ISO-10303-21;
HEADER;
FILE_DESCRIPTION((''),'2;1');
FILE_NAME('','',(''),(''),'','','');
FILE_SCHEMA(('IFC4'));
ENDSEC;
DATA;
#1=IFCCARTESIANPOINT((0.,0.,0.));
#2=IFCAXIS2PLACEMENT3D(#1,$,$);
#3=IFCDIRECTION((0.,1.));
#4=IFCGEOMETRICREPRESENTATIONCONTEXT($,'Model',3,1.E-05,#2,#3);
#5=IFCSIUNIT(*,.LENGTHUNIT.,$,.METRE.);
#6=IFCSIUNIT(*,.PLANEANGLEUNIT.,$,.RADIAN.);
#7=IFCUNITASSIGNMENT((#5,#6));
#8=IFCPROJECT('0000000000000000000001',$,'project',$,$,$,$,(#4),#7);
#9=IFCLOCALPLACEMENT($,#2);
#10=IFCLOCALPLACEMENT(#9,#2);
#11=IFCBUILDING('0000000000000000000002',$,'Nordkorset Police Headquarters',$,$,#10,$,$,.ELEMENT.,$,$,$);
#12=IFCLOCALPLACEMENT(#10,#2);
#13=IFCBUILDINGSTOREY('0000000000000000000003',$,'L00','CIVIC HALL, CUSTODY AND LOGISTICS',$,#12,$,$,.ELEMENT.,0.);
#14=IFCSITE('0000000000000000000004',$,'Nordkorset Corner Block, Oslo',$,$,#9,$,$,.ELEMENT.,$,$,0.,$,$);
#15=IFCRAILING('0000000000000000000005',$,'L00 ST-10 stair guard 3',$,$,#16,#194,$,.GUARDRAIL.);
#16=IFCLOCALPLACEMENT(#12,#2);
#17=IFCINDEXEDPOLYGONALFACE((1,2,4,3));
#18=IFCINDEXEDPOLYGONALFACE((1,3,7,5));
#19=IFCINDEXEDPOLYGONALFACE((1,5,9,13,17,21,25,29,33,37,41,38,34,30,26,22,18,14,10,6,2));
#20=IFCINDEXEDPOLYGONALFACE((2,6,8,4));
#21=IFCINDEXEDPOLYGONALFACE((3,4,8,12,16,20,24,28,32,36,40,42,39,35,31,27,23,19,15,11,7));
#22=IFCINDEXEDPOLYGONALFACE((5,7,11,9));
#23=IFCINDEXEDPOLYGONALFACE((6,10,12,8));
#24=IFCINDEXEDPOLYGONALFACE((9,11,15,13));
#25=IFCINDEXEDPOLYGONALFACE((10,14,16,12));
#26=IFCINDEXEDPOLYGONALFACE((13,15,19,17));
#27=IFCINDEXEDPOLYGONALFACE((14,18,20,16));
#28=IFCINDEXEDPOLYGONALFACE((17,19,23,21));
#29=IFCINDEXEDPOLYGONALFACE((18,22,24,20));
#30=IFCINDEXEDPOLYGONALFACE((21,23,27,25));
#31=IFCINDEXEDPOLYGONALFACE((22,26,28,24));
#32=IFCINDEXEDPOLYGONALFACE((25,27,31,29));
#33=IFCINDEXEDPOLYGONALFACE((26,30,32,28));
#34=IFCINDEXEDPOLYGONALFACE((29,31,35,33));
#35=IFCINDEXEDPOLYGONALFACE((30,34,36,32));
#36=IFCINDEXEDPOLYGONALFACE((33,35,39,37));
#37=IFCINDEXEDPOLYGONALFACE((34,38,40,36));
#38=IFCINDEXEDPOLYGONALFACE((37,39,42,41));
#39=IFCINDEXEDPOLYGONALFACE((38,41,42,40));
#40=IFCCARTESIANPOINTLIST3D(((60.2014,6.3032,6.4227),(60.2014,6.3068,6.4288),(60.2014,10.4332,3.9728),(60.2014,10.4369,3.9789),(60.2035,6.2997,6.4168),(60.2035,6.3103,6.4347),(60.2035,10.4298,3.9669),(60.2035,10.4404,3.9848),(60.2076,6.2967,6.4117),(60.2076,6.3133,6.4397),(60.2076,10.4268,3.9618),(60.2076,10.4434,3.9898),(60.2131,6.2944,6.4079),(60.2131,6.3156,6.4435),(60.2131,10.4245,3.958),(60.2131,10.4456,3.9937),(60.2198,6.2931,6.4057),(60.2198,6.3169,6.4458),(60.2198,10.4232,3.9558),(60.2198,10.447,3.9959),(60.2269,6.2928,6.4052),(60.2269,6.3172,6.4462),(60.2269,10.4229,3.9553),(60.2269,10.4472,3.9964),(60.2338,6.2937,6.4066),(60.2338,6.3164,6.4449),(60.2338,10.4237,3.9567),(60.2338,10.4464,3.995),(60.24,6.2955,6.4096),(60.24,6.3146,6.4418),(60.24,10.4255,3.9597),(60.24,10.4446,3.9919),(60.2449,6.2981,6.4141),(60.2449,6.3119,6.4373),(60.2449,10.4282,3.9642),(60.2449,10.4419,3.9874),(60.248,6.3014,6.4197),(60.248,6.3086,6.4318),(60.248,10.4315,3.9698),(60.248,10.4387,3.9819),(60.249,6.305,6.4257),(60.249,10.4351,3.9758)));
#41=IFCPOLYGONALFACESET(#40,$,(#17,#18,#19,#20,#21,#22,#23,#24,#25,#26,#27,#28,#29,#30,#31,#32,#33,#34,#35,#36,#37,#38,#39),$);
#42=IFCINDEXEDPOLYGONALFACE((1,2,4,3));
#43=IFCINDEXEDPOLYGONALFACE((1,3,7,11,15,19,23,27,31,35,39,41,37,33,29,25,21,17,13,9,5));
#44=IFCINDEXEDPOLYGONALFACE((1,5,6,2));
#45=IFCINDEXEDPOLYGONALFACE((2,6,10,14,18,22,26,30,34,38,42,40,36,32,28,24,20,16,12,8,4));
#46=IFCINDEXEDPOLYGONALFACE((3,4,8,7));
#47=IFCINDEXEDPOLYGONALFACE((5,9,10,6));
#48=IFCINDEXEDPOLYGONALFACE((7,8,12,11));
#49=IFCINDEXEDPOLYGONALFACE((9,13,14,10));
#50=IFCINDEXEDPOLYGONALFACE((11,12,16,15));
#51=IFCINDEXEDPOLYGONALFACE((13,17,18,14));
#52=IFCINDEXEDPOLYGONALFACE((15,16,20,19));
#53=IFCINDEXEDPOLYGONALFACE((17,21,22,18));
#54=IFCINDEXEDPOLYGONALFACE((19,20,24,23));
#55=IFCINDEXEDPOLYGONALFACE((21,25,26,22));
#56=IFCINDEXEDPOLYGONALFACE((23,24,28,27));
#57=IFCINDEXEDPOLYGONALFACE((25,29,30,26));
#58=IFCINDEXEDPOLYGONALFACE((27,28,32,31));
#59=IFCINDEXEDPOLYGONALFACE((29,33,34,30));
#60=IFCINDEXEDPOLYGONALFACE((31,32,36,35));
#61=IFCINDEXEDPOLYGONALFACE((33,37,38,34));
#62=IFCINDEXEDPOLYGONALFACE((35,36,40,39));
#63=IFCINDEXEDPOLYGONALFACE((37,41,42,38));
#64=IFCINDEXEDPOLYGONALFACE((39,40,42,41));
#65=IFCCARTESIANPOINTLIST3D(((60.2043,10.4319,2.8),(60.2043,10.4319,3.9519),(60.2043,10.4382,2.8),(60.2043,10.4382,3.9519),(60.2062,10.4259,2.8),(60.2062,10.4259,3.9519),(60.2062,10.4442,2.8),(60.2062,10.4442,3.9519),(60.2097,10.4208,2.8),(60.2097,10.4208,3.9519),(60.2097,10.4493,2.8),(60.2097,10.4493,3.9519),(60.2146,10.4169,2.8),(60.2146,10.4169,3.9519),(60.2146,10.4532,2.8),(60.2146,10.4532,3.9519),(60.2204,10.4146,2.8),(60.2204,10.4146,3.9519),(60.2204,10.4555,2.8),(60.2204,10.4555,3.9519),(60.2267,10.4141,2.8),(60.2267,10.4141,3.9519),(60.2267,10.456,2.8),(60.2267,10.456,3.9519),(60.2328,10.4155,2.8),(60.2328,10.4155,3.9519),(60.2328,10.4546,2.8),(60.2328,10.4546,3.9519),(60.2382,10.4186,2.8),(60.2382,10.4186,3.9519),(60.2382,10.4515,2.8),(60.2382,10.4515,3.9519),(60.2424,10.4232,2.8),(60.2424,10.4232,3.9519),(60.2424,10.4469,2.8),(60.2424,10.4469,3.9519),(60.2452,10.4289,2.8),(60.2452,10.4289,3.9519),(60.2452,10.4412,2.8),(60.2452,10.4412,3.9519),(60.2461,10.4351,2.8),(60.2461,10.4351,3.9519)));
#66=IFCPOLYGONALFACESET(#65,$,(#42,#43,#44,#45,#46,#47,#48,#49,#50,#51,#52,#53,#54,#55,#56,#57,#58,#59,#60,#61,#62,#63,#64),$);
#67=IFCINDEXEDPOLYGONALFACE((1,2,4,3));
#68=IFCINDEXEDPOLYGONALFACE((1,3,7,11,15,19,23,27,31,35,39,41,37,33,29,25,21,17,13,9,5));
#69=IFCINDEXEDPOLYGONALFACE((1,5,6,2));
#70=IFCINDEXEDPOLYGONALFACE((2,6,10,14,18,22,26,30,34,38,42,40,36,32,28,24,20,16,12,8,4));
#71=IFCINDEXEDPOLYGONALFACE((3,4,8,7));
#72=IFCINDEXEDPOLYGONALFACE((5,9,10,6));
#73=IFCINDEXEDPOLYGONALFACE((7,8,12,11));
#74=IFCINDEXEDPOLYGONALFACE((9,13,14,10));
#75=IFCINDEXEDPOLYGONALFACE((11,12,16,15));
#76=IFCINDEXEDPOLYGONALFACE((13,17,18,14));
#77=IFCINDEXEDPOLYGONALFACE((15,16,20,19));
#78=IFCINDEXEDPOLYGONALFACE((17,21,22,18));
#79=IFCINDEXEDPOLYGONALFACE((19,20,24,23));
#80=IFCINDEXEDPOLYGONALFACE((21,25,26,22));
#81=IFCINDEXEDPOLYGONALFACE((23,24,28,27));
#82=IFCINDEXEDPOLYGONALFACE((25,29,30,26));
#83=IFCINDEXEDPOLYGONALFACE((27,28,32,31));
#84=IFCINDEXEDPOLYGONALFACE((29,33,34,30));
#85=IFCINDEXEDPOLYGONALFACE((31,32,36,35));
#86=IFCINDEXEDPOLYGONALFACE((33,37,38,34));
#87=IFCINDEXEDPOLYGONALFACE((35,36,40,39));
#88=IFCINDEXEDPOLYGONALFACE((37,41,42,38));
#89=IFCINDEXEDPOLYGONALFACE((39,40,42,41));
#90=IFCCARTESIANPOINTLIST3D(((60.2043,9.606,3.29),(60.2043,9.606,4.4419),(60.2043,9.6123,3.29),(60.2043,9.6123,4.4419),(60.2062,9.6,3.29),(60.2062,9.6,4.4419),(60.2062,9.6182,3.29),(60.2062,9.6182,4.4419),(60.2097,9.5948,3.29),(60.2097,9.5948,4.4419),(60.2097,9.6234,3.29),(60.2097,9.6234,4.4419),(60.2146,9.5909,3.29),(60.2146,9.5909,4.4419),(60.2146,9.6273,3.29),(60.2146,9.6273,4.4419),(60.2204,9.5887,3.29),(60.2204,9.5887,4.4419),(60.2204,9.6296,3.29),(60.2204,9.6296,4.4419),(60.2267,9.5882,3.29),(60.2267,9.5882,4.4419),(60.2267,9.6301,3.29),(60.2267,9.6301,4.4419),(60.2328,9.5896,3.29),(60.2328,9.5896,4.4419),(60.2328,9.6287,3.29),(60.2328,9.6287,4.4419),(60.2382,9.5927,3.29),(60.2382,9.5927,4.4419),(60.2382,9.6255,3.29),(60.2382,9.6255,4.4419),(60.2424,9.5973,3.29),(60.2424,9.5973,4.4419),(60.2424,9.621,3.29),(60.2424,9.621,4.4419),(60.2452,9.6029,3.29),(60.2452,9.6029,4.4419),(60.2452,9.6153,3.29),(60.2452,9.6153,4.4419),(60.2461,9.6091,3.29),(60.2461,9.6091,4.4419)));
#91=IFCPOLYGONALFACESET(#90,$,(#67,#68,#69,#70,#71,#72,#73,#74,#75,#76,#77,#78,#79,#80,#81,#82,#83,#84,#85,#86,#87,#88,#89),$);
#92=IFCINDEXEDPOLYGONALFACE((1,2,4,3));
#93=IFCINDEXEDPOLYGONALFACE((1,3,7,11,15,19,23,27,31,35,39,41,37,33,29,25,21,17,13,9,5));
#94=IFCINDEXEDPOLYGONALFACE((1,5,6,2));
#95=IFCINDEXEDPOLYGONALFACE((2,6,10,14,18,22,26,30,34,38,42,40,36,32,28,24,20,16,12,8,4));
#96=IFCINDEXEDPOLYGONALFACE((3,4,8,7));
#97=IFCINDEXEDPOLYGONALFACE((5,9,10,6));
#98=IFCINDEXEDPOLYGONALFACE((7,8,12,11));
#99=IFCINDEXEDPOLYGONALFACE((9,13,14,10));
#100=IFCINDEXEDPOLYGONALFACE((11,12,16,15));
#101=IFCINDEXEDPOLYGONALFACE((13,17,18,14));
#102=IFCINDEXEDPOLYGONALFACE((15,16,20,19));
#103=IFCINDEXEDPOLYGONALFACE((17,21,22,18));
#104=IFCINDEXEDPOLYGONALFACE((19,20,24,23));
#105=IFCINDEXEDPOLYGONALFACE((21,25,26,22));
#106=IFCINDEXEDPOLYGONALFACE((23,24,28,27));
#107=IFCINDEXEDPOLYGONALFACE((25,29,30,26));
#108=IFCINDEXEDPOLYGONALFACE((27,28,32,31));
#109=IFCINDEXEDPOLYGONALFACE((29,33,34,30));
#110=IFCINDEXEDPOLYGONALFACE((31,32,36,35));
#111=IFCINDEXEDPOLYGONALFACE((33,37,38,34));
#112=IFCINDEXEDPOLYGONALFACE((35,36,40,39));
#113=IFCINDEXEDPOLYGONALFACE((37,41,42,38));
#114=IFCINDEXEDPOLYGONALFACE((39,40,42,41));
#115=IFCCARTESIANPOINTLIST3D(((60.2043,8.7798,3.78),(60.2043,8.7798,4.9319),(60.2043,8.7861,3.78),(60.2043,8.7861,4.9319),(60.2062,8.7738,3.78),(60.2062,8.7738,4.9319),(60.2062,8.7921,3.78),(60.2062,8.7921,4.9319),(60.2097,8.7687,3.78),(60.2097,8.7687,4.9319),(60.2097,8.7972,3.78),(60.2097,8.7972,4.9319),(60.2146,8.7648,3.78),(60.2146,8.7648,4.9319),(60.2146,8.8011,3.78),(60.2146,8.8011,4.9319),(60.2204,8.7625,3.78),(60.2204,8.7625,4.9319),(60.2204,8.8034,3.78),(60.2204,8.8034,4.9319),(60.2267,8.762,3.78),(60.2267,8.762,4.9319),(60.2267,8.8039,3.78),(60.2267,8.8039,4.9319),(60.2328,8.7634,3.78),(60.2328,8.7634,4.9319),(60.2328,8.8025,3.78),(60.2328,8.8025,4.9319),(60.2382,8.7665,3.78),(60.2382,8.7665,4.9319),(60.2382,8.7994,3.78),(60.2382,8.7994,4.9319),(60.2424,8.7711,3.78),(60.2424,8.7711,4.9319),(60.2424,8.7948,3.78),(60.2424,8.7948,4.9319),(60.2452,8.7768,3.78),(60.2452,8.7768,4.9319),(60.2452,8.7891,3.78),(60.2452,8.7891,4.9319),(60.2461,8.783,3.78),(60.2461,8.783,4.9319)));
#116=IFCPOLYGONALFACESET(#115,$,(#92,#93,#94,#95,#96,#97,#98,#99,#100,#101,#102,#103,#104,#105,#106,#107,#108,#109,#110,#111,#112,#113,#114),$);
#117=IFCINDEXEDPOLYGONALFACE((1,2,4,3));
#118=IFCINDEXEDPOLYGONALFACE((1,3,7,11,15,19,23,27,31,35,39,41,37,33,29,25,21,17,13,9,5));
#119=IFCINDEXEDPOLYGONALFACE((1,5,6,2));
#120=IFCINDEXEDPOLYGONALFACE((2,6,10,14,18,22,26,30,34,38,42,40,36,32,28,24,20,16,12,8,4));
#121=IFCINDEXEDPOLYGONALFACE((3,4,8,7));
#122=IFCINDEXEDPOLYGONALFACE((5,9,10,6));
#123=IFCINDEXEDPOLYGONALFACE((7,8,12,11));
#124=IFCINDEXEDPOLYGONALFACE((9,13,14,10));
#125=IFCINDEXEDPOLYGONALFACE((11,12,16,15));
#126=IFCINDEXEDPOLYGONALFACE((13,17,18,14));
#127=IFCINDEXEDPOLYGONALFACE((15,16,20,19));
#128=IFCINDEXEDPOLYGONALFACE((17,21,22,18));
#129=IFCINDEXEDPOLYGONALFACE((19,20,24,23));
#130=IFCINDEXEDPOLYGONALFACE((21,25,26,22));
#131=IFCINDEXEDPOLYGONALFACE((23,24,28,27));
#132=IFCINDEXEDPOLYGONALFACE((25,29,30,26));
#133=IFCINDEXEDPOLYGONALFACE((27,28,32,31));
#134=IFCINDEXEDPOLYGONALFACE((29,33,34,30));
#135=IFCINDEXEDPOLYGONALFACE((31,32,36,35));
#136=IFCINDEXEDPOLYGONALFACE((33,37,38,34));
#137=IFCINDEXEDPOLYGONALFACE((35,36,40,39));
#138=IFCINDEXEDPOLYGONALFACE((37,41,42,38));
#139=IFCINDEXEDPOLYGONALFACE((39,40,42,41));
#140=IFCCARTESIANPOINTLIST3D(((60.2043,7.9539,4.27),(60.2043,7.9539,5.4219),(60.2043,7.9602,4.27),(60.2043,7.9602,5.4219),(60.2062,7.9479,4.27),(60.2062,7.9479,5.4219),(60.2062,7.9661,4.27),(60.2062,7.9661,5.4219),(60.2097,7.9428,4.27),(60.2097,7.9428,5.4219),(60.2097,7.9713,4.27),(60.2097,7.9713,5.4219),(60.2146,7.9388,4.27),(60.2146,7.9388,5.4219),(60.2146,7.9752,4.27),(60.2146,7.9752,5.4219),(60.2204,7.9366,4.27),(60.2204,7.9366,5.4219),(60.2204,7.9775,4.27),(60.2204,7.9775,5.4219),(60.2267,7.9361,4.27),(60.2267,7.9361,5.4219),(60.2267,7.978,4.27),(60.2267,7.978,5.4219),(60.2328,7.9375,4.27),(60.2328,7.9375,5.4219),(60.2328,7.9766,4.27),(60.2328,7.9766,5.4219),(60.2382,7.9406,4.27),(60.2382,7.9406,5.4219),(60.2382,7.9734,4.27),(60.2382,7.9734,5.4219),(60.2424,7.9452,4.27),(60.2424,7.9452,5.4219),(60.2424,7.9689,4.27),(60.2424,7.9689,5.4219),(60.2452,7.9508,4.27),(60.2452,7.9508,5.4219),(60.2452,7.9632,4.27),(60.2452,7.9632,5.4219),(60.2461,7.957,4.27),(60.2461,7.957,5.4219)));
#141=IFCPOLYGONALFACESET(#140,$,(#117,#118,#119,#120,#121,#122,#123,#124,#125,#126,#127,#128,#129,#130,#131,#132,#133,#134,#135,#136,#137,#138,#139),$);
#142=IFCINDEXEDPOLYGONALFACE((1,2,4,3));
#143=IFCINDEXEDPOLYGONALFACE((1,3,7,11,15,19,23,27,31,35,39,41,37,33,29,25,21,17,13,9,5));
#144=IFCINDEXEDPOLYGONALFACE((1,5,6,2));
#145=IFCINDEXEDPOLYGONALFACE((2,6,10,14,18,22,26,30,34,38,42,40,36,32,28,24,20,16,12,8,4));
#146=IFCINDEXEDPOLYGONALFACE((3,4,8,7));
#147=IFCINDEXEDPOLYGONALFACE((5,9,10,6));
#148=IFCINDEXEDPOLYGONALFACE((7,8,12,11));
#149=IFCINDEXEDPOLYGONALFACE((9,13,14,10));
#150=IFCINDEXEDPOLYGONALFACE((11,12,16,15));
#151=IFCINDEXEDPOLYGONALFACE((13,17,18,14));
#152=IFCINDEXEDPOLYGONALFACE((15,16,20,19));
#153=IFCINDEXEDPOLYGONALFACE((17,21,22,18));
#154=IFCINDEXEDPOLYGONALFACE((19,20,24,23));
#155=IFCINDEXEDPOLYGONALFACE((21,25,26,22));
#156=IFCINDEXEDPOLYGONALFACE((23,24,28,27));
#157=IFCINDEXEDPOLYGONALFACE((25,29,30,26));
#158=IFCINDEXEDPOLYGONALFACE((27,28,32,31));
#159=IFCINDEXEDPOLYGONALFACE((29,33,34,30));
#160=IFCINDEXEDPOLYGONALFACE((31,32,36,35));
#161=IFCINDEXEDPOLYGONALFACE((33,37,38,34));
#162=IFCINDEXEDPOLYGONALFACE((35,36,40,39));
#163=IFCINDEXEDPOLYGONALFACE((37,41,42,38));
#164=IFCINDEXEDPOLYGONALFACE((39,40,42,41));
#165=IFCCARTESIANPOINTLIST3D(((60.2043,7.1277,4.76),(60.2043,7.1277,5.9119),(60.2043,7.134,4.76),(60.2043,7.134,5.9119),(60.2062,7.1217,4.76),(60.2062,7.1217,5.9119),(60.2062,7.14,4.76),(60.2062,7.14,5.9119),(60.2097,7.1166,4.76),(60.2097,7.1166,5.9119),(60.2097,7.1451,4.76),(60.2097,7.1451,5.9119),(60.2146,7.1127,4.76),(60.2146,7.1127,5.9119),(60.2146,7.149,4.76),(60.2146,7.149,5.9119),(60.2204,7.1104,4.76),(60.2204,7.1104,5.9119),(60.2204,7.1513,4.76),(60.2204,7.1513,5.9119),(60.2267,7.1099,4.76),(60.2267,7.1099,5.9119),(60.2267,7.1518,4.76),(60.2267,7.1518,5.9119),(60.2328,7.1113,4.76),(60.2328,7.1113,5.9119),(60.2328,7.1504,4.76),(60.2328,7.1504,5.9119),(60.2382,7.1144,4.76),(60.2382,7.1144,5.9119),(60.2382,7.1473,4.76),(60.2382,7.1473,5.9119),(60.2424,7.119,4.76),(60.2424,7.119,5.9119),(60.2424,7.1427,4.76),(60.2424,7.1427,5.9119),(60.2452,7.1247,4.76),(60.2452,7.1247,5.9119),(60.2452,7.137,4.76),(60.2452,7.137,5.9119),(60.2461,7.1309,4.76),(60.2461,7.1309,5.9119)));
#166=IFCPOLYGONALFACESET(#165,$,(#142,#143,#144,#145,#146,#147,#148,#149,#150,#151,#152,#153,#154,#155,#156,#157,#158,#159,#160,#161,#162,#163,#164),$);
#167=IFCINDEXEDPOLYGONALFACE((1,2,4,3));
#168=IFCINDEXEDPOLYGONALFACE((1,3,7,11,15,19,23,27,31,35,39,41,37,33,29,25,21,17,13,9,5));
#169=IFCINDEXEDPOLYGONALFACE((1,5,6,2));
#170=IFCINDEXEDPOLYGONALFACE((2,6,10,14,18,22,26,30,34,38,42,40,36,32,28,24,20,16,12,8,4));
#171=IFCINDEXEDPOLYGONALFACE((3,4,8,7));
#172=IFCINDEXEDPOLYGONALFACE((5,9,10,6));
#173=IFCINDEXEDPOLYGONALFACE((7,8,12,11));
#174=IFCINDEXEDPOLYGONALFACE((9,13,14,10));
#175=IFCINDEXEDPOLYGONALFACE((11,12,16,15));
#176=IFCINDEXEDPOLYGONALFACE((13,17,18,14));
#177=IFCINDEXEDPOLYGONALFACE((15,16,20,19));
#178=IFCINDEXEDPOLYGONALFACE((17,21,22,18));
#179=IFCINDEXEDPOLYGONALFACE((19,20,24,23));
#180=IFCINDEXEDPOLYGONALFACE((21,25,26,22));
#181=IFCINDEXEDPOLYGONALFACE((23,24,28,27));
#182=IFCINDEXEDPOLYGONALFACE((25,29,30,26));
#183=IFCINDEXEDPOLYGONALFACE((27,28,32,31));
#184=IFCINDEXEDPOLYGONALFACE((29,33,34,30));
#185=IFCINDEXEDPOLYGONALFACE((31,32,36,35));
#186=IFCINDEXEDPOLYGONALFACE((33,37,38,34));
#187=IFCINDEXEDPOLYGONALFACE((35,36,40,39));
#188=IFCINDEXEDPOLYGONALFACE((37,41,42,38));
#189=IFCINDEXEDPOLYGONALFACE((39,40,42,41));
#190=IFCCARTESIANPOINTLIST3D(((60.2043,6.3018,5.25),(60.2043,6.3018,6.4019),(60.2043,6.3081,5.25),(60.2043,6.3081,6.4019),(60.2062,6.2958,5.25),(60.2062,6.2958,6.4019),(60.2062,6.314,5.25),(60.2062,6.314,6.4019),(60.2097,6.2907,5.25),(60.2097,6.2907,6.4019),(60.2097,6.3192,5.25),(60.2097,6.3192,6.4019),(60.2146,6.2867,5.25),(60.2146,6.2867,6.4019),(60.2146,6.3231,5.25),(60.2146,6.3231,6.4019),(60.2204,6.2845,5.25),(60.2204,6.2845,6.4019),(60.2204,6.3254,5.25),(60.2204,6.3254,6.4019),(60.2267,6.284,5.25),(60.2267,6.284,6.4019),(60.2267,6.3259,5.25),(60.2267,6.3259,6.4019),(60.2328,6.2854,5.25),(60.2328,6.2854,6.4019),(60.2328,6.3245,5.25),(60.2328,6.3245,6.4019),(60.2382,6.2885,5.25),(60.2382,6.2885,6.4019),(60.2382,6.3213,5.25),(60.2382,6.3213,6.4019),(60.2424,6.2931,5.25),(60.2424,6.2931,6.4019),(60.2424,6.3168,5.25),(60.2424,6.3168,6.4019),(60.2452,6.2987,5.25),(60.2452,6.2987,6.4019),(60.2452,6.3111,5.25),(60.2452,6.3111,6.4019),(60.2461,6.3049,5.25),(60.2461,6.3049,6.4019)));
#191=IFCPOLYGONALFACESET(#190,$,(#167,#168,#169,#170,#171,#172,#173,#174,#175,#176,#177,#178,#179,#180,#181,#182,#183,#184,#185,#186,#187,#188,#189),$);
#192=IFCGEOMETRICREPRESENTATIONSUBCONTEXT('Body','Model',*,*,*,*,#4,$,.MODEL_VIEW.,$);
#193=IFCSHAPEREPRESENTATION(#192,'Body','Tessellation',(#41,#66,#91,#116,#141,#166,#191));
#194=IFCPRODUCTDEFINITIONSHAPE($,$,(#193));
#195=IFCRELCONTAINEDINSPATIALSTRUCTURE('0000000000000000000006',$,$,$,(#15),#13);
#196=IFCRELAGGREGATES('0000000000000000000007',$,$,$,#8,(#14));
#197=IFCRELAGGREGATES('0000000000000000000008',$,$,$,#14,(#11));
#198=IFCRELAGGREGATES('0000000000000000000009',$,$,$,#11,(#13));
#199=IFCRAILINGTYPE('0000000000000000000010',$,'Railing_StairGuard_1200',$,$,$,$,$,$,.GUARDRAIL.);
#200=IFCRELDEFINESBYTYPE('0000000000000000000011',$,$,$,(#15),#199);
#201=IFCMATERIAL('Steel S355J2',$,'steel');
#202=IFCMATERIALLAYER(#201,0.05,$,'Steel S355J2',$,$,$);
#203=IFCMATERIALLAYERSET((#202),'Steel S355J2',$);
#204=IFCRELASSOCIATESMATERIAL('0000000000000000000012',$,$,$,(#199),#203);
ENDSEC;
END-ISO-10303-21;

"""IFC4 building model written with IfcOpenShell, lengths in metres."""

from ifc_helpers import new_model, si_unit, direction, frame, origin, origin_2d, place, context, subcontext, project, spatial, circle, extrude, material, layer, layer_set, type_object, element, save


model = new_model("IFC4")

# Units and contexts
model_context = context("Model", 3, precision=1e-05, world=origin(), true_north=direction((0.0, 1.0)))
body_context = subcontext(model_context, "Body", "Model", "MODEL_VIEW")
ifc_project = project(units=[si_unit("LENGTHUNIT", "METRE"), si_unit("PLANEANGLEUNIT", "RADIAN")], contexts=[model_context])

# Site, building, storey
site_placement = place(None, origin())
site = spatial("IfcSite", under=ifc_project, at=site_placement, Name="Nordkorset Corner Block, Oslo", CompositionType="ELEMENT", RefElevation=0.0)
building_placement = place(site_placement, origin())
building = spatial("IfcBuilding", under=site, at=building_placement, Name="Nordkorset Police Headquarters", CompositionType="ELEMENT")
storey_placement = place(building_placement, origin())
storey = spatial("IfcBuildingStorey", under=building, at=storey_placement, Name="L00", Description="CIVIC HALL, CUSTODY AND LOGISTICS", CompositionType="ELEMENT", Elevation=0.0)

# Railing
ifc_material_1 = material(Name="Steel S355J2", Category="steel")
ifc_layer_1 = layer(ifc_material_1, 0.05, Name="Steel S355J2")
ifc_layer_set_1 = layer_set([ifc_layer_1], Name="Steel S355J2")
railing_type_1 = type_object("IfcRailingType", Name="Railing_StairGuard_1200", PredefinedType="GUARDRAIL", material=ifc_layer_set_1)
railing_1_placement = place(storey_placement, frame((60.2251, 10.4351, 2.8)))
element("IfcRailing", 1, at=railing_1_placement, inside=storey, type_object=railing_type_1, Name="L00 ST-10 stair guard 3", PredefinedType="GUARDRAIL", context=body_context, shape_type="SweptSolid", body=[
    extrude(circle(Radius=0.0239, at=origin_2d()), frame((0.0, 0.0, 1.1758), z_axis=(0.0, -0.860066, 0.510183), x_axis=(1.0, 0.0, 0.0)), (0.0, 0.0, 1.0), 4.802),
    extrude(circle(Radius=0.021, at=origin_2d()), origin(), (0.0, 0.0, 1.0), 1.1519),
    extrude(circle(Radius=0.021, at=origin_2d()), frame((0.0, -0.8259, 0.49)), (0.0, 0.0, 1.0), 1.1519),
    extrude(circle(Radius=0.021, at=origin_2d()), frame((0.0, -1.6521, 0.98)), (0.0, 0.0, 1.0), 1.1519),
    extrude(circle(Radius=0.021, at=origin_2d()), frame((0.0, -2.478, 1.47)), (0.0, 0.0, 1.0), 1.1519),
    extrude(circle(Radius=0.021, at=origin_2d()), frame((0.0, -3.3042, 1.96)), (0.0, 0.0, 1.0), 1.1519),
    extrude(circle(Radius=0.021, at=origin_2d()), frame((0.0, -4.1301, 2.45)), (0.0, 0.0, 1.0), 1.1519),
])

save(model, "model.ifc")
